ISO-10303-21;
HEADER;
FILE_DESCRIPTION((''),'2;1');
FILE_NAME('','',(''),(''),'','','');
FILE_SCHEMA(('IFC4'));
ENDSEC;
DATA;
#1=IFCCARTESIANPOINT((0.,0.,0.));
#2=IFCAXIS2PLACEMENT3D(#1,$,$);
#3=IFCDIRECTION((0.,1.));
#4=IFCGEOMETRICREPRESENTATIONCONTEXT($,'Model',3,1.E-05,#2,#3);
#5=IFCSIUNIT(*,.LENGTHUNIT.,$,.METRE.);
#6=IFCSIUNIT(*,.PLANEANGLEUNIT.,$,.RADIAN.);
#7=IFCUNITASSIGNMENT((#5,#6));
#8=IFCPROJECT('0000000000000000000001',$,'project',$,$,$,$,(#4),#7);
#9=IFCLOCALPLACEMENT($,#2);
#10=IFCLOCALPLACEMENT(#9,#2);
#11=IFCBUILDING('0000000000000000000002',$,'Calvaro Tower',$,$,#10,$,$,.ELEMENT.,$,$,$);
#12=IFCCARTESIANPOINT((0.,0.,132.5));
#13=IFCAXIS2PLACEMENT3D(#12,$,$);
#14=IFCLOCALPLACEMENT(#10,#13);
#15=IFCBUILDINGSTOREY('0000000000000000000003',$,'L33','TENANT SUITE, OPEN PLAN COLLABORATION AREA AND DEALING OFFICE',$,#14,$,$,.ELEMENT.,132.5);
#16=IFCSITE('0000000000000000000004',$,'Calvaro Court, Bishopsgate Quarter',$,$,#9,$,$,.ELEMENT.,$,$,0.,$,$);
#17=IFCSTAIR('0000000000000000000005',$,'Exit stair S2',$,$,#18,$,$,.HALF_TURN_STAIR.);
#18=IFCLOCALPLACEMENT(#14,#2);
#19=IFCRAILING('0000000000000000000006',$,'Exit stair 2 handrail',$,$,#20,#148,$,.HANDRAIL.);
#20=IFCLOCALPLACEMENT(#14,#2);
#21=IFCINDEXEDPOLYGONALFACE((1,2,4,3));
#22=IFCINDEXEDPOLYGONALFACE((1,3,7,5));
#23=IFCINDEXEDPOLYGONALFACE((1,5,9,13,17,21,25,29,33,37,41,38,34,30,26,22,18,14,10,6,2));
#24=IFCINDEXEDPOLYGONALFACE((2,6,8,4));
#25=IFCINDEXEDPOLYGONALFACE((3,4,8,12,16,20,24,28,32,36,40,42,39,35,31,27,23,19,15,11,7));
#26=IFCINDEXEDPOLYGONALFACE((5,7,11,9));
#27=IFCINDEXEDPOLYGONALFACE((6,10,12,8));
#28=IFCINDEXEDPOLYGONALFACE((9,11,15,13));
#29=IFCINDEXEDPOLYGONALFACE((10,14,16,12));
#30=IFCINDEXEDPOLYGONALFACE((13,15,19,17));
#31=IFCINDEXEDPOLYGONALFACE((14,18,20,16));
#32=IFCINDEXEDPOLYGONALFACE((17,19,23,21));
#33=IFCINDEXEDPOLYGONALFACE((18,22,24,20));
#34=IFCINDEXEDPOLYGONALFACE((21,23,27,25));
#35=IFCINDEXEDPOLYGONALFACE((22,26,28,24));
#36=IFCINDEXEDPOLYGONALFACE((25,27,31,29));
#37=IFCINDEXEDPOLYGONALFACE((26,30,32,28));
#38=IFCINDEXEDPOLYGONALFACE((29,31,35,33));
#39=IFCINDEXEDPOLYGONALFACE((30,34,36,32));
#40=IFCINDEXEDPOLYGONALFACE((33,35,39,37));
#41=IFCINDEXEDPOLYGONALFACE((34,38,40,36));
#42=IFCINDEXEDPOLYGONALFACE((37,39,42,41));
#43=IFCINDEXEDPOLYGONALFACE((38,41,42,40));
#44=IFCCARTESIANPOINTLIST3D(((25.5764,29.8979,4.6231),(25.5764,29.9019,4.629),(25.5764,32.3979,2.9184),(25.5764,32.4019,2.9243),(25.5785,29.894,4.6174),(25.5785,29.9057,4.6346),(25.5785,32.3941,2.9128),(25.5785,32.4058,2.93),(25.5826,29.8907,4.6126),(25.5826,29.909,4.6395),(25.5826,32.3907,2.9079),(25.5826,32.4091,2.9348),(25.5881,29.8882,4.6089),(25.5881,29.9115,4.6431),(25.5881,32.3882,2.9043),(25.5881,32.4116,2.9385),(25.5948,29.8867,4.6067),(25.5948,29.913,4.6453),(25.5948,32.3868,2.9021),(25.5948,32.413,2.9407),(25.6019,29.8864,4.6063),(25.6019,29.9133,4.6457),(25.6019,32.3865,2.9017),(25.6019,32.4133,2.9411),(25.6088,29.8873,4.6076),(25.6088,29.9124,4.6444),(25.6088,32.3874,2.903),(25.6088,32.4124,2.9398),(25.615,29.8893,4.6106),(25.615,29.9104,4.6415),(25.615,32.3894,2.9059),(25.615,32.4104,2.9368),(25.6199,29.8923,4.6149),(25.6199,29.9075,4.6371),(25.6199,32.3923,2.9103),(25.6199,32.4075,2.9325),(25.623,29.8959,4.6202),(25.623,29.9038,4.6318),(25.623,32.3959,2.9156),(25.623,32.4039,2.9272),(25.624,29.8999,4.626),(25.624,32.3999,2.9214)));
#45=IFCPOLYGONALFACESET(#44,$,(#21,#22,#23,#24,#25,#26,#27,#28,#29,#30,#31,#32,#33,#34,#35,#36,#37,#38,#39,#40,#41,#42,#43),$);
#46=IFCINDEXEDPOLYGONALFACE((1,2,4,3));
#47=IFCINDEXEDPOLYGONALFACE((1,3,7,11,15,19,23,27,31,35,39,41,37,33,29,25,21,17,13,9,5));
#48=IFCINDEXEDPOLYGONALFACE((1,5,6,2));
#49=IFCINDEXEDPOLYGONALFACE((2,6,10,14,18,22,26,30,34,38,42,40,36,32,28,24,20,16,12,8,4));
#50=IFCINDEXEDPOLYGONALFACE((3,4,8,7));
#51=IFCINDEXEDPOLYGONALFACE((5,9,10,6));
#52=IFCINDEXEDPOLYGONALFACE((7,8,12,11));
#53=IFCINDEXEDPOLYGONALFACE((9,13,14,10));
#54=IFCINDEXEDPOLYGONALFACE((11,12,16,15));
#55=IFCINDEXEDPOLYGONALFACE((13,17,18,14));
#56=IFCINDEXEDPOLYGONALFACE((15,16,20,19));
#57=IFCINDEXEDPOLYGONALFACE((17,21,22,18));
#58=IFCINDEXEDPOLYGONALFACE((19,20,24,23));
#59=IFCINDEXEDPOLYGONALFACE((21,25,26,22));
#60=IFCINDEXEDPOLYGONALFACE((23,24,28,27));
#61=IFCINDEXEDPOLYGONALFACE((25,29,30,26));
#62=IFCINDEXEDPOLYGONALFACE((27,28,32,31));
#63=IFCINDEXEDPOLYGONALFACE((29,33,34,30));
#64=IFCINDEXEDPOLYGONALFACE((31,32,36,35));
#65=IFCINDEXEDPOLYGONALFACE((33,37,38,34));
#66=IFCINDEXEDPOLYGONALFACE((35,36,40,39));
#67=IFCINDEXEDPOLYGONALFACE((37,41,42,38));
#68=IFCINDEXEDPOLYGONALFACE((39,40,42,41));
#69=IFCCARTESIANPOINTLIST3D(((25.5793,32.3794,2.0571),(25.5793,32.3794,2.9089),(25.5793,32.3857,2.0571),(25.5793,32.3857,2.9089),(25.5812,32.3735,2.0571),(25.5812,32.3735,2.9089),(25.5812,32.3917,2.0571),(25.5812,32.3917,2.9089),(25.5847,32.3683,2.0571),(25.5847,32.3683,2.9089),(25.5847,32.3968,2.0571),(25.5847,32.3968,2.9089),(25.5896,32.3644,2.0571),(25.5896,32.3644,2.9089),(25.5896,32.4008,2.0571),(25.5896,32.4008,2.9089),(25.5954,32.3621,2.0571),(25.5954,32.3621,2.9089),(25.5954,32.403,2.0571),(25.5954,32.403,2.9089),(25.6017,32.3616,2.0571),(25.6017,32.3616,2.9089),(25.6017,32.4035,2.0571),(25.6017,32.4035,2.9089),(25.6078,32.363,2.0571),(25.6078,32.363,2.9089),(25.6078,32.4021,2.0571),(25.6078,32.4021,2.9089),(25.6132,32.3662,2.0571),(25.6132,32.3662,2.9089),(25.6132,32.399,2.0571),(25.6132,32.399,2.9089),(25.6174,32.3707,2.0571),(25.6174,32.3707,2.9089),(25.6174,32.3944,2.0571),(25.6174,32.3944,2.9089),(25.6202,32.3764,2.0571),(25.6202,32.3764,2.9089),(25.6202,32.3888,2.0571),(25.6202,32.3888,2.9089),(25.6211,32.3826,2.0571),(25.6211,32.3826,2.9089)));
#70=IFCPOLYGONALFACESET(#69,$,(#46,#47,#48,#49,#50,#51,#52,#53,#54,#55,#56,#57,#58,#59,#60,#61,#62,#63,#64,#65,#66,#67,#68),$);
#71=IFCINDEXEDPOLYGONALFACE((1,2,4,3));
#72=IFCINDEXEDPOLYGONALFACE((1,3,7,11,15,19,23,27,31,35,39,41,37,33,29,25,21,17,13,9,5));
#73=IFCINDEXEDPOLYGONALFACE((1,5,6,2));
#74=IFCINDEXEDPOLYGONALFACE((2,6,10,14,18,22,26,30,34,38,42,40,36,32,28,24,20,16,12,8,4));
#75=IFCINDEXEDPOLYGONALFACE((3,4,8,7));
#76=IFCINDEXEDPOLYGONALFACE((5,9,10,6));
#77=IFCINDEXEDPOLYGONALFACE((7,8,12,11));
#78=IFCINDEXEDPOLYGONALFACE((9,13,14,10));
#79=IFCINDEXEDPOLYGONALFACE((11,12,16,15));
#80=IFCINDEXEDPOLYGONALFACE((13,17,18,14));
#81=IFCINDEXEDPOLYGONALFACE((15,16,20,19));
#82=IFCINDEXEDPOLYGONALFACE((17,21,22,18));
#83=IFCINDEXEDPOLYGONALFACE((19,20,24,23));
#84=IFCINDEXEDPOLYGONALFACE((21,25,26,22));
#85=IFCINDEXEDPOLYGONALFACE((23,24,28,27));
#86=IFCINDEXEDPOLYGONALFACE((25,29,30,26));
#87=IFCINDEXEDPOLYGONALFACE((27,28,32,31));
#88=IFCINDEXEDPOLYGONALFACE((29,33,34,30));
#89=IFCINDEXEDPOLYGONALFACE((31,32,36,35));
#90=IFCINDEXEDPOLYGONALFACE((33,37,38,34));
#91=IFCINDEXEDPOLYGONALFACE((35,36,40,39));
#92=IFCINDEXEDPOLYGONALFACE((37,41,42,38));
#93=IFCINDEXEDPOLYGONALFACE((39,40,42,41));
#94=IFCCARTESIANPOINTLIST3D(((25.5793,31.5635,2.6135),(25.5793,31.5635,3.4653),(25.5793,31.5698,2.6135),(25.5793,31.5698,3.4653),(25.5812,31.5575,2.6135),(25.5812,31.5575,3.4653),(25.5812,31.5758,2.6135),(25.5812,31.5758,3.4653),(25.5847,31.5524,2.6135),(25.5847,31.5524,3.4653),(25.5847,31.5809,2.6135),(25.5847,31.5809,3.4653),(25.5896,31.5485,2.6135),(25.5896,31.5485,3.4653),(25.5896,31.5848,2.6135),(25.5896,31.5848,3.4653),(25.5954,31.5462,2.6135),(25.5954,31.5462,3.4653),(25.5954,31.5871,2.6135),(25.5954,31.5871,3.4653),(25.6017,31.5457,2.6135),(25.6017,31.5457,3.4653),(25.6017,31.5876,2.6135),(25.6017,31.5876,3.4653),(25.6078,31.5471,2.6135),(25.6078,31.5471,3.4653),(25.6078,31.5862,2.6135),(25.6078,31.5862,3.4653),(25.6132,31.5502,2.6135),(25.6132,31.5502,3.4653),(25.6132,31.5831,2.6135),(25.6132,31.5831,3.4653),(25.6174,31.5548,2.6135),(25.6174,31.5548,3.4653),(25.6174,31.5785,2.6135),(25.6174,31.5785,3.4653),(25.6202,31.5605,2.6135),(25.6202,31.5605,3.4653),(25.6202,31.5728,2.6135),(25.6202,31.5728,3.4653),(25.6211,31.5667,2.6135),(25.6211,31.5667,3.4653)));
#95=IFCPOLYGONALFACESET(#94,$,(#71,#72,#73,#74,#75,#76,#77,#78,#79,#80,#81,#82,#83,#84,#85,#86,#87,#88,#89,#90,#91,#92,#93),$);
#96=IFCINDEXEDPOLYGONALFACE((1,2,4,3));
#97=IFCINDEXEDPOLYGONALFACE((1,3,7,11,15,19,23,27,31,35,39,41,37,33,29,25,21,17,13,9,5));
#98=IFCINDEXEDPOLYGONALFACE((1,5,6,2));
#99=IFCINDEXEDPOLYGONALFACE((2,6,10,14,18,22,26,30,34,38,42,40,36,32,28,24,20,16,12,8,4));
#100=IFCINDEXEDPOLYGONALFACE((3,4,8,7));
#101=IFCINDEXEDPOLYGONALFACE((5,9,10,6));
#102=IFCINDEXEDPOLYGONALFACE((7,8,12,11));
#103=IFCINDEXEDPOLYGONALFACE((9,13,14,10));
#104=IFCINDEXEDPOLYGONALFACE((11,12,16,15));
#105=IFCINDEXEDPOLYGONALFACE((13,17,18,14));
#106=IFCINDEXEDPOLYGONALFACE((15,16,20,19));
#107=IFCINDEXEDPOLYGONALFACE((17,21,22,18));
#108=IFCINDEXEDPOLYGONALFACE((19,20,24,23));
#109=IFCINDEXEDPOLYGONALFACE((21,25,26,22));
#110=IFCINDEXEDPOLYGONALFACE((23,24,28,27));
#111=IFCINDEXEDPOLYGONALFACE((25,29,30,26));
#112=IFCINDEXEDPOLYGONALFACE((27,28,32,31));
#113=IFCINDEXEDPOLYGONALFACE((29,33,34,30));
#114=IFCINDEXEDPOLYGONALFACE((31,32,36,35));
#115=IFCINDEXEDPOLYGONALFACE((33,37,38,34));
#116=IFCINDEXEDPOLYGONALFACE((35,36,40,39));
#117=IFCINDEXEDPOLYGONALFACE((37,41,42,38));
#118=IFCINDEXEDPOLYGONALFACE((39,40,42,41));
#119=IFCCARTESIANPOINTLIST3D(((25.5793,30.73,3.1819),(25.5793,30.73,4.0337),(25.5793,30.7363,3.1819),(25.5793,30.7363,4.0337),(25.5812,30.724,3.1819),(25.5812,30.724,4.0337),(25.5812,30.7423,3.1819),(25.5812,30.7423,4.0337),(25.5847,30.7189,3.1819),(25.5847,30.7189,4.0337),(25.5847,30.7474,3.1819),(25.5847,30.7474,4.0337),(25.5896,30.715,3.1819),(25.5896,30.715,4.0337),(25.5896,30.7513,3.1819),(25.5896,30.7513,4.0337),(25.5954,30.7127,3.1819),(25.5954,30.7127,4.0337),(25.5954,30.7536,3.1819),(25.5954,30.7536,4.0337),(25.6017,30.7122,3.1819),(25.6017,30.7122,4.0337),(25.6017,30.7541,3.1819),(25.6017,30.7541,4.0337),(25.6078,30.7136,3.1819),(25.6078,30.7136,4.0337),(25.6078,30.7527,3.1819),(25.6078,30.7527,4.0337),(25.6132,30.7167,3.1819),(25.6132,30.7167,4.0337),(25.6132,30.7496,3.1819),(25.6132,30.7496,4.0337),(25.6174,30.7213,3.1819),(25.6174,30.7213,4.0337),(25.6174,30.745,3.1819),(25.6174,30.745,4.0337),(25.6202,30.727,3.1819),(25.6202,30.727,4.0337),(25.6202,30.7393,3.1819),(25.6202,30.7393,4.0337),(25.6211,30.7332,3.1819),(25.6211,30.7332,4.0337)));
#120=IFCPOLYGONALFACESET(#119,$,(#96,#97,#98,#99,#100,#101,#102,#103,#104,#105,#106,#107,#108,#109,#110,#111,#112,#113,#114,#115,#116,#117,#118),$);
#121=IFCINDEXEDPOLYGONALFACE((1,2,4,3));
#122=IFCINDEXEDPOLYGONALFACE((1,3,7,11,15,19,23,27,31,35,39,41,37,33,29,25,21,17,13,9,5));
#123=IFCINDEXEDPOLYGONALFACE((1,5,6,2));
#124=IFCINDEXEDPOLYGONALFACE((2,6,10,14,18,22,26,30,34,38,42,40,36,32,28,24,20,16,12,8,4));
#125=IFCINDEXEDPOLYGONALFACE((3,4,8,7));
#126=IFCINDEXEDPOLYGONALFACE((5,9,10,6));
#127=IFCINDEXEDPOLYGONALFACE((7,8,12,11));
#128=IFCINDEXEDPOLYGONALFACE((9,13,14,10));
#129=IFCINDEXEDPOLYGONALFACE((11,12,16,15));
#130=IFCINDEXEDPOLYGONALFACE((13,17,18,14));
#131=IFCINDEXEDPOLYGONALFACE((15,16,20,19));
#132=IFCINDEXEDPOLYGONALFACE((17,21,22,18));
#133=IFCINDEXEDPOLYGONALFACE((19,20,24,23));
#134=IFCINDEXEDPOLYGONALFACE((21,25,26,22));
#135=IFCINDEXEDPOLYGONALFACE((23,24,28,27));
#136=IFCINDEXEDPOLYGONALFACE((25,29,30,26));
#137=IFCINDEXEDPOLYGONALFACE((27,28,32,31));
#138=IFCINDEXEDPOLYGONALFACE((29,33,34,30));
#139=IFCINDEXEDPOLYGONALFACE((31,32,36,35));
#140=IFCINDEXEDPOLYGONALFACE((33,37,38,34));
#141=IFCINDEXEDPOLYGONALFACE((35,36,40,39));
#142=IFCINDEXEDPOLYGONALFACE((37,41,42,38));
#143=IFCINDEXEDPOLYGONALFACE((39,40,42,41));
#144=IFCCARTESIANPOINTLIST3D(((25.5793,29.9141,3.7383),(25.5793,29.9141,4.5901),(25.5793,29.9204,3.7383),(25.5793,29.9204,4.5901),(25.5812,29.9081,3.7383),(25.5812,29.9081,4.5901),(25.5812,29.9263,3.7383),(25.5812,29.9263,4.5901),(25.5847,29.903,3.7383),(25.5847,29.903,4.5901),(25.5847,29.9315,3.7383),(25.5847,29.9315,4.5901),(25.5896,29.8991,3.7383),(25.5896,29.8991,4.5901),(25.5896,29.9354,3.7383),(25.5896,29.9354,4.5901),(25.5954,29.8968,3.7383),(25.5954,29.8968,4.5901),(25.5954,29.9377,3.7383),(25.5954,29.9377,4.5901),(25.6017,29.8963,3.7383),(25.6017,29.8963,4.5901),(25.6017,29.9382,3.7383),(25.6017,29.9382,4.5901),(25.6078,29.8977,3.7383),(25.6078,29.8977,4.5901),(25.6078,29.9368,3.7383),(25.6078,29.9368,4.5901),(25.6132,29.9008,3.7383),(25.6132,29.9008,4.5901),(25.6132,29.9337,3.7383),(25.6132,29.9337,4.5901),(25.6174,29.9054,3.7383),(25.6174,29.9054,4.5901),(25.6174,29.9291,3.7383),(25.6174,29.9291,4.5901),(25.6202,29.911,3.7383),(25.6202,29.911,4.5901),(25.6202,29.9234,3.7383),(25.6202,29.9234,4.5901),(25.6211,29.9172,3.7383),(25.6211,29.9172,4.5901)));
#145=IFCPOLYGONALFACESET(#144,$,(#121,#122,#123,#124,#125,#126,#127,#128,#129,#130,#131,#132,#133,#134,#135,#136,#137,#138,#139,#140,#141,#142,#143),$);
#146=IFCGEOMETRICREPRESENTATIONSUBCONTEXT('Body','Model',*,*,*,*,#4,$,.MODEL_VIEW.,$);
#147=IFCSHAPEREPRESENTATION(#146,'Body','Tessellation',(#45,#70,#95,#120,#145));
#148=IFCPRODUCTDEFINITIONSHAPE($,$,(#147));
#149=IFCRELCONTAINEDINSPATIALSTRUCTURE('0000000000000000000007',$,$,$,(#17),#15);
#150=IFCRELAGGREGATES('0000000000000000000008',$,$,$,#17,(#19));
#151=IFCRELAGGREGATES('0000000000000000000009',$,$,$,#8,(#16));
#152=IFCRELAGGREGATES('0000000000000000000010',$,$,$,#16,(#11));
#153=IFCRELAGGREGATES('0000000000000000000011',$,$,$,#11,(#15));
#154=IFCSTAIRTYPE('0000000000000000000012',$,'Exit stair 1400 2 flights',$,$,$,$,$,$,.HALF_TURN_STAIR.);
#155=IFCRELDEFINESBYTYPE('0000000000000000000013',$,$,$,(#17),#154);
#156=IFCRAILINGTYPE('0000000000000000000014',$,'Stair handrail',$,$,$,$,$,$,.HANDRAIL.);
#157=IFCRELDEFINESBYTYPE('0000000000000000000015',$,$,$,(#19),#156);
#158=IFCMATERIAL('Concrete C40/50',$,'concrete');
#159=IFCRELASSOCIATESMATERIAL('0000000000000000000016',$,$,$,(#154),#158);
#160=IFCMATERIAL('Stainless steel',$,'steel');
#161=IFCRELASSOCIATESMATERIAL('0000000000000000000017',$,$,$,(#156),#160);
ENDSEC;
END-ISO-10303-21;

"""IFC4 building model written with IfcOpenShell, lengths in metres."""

from ifc_helpers import new_model, si_unit, direction, frame, origin, origin_2d, place, context, subcontext, project, spatial, circle, extrude, material, type_object, element, aggregate, save


model = new_model("IFC4")

# Units and contexts
model_context = context("Model", 3, precision=1e-05, world=origin(), true_north=direction((0.0, 1.0)))
body_context = subcontext(model_context, "Body", "Model", "MODEL_VIEW")
ifc_project = project(units=[si_unit("LENGTHUNIT", "METRE"), si_unit("PLANEANGLEUNIT", "RADIAN")], contexts=[model_context])

# Site, building, storey
site_placement = place(None, origin())
site = spatial("IfcSite", under=ifc_project, at=site_placement, Name="Calvaro Court, Bishopsgate Quarter", CompositionType="ELEMENT", RefElevation=0.0)
building_placement = place(site_placement, origin())
building = spatial("IfcBuilding", under=site, at=building_placement, Name="Calvaro Tower", CompositionType="ELEMENT")
storey_placement = place(building_placement, frame((0.0, 0.0, 132.5)))
storey = spatial("IfcBuildingStorey", under=building, at=storey_placement, Name="L33", Description="TENANT SUITE, OPEN PLAN COLLABORATION AREA AND DEALING OFFICE", CompositionType="ELEMENT", Elevation=132.5)

# Stair, railing
ifc_material_1 = material(Name="Concrete C40/50", Category="concrete")
stair_type = type_object("IfcStairType", Name="Exit stair 1400 2 flights", PredefinedType="HALF_TURN_STAIR", material=ifc_material_1)
stair_placement = place(storey_placement, origin())
stair = element("IfcStair", 1, at=stair_placement, inside=storey, type_object=stair_type, Name="Exit stair S2", PredefinedType="HALF_TURN_STAIR")
ifc_material_2 = material(Name="Stainless steel", Category="steel")
railing_type = type_object("IfcRailingType", Name="Stair handrail", PredefinedType="HANDRAIL", material=ifc_material_2)
railing_1_placement = place(storey_placement, frame((25.6001, 32.3999, 2.0454)))
railing_1 = element("IfcRailing", 2, at=railing_1_placement, type_object=railing_type, Name="Exit stair 2 handrail", PredefinedType="HANDRAIL", context=body_context, shape_type="SweptSolid", body=[
    extrude(circle(Radius=0.0239, at=origin_2d()), frame((0.0, 0.0, 0.876), z_axis=(0.0, -0.826221, 0.563347), x_axis=(1.0, 0.0, 0.0)), (0.0, 0.0, 1.0), 3.0259),
    extrude(circle(Radius=0.021, at=origin_2d()), frame((0.0, -0.0173, 0.0117)), (0.0, 0.0, 1.0), 0.8518),
    extrude(circle(Radius=0.021, at=origin_2d()), frame((0.0, -0.8333, 0.5681)), (0.0, 0.0, 1.0), 0.8518),
    extrude(circle(Radius=0.021, at=origin_2d()), frame((0.0, -1.6667, 1.1365)), (0.0, 0.0, 1.0), 0.8518),
    extrude(circle(Radius=0.021, at=origin_2d()), frame((0.0, -2.4827, 1.6929)), (0.0, 0.0, 1.0), 0.8518),
])
aggregate(stair, [railing_1])

save(model, "model.ifc")
